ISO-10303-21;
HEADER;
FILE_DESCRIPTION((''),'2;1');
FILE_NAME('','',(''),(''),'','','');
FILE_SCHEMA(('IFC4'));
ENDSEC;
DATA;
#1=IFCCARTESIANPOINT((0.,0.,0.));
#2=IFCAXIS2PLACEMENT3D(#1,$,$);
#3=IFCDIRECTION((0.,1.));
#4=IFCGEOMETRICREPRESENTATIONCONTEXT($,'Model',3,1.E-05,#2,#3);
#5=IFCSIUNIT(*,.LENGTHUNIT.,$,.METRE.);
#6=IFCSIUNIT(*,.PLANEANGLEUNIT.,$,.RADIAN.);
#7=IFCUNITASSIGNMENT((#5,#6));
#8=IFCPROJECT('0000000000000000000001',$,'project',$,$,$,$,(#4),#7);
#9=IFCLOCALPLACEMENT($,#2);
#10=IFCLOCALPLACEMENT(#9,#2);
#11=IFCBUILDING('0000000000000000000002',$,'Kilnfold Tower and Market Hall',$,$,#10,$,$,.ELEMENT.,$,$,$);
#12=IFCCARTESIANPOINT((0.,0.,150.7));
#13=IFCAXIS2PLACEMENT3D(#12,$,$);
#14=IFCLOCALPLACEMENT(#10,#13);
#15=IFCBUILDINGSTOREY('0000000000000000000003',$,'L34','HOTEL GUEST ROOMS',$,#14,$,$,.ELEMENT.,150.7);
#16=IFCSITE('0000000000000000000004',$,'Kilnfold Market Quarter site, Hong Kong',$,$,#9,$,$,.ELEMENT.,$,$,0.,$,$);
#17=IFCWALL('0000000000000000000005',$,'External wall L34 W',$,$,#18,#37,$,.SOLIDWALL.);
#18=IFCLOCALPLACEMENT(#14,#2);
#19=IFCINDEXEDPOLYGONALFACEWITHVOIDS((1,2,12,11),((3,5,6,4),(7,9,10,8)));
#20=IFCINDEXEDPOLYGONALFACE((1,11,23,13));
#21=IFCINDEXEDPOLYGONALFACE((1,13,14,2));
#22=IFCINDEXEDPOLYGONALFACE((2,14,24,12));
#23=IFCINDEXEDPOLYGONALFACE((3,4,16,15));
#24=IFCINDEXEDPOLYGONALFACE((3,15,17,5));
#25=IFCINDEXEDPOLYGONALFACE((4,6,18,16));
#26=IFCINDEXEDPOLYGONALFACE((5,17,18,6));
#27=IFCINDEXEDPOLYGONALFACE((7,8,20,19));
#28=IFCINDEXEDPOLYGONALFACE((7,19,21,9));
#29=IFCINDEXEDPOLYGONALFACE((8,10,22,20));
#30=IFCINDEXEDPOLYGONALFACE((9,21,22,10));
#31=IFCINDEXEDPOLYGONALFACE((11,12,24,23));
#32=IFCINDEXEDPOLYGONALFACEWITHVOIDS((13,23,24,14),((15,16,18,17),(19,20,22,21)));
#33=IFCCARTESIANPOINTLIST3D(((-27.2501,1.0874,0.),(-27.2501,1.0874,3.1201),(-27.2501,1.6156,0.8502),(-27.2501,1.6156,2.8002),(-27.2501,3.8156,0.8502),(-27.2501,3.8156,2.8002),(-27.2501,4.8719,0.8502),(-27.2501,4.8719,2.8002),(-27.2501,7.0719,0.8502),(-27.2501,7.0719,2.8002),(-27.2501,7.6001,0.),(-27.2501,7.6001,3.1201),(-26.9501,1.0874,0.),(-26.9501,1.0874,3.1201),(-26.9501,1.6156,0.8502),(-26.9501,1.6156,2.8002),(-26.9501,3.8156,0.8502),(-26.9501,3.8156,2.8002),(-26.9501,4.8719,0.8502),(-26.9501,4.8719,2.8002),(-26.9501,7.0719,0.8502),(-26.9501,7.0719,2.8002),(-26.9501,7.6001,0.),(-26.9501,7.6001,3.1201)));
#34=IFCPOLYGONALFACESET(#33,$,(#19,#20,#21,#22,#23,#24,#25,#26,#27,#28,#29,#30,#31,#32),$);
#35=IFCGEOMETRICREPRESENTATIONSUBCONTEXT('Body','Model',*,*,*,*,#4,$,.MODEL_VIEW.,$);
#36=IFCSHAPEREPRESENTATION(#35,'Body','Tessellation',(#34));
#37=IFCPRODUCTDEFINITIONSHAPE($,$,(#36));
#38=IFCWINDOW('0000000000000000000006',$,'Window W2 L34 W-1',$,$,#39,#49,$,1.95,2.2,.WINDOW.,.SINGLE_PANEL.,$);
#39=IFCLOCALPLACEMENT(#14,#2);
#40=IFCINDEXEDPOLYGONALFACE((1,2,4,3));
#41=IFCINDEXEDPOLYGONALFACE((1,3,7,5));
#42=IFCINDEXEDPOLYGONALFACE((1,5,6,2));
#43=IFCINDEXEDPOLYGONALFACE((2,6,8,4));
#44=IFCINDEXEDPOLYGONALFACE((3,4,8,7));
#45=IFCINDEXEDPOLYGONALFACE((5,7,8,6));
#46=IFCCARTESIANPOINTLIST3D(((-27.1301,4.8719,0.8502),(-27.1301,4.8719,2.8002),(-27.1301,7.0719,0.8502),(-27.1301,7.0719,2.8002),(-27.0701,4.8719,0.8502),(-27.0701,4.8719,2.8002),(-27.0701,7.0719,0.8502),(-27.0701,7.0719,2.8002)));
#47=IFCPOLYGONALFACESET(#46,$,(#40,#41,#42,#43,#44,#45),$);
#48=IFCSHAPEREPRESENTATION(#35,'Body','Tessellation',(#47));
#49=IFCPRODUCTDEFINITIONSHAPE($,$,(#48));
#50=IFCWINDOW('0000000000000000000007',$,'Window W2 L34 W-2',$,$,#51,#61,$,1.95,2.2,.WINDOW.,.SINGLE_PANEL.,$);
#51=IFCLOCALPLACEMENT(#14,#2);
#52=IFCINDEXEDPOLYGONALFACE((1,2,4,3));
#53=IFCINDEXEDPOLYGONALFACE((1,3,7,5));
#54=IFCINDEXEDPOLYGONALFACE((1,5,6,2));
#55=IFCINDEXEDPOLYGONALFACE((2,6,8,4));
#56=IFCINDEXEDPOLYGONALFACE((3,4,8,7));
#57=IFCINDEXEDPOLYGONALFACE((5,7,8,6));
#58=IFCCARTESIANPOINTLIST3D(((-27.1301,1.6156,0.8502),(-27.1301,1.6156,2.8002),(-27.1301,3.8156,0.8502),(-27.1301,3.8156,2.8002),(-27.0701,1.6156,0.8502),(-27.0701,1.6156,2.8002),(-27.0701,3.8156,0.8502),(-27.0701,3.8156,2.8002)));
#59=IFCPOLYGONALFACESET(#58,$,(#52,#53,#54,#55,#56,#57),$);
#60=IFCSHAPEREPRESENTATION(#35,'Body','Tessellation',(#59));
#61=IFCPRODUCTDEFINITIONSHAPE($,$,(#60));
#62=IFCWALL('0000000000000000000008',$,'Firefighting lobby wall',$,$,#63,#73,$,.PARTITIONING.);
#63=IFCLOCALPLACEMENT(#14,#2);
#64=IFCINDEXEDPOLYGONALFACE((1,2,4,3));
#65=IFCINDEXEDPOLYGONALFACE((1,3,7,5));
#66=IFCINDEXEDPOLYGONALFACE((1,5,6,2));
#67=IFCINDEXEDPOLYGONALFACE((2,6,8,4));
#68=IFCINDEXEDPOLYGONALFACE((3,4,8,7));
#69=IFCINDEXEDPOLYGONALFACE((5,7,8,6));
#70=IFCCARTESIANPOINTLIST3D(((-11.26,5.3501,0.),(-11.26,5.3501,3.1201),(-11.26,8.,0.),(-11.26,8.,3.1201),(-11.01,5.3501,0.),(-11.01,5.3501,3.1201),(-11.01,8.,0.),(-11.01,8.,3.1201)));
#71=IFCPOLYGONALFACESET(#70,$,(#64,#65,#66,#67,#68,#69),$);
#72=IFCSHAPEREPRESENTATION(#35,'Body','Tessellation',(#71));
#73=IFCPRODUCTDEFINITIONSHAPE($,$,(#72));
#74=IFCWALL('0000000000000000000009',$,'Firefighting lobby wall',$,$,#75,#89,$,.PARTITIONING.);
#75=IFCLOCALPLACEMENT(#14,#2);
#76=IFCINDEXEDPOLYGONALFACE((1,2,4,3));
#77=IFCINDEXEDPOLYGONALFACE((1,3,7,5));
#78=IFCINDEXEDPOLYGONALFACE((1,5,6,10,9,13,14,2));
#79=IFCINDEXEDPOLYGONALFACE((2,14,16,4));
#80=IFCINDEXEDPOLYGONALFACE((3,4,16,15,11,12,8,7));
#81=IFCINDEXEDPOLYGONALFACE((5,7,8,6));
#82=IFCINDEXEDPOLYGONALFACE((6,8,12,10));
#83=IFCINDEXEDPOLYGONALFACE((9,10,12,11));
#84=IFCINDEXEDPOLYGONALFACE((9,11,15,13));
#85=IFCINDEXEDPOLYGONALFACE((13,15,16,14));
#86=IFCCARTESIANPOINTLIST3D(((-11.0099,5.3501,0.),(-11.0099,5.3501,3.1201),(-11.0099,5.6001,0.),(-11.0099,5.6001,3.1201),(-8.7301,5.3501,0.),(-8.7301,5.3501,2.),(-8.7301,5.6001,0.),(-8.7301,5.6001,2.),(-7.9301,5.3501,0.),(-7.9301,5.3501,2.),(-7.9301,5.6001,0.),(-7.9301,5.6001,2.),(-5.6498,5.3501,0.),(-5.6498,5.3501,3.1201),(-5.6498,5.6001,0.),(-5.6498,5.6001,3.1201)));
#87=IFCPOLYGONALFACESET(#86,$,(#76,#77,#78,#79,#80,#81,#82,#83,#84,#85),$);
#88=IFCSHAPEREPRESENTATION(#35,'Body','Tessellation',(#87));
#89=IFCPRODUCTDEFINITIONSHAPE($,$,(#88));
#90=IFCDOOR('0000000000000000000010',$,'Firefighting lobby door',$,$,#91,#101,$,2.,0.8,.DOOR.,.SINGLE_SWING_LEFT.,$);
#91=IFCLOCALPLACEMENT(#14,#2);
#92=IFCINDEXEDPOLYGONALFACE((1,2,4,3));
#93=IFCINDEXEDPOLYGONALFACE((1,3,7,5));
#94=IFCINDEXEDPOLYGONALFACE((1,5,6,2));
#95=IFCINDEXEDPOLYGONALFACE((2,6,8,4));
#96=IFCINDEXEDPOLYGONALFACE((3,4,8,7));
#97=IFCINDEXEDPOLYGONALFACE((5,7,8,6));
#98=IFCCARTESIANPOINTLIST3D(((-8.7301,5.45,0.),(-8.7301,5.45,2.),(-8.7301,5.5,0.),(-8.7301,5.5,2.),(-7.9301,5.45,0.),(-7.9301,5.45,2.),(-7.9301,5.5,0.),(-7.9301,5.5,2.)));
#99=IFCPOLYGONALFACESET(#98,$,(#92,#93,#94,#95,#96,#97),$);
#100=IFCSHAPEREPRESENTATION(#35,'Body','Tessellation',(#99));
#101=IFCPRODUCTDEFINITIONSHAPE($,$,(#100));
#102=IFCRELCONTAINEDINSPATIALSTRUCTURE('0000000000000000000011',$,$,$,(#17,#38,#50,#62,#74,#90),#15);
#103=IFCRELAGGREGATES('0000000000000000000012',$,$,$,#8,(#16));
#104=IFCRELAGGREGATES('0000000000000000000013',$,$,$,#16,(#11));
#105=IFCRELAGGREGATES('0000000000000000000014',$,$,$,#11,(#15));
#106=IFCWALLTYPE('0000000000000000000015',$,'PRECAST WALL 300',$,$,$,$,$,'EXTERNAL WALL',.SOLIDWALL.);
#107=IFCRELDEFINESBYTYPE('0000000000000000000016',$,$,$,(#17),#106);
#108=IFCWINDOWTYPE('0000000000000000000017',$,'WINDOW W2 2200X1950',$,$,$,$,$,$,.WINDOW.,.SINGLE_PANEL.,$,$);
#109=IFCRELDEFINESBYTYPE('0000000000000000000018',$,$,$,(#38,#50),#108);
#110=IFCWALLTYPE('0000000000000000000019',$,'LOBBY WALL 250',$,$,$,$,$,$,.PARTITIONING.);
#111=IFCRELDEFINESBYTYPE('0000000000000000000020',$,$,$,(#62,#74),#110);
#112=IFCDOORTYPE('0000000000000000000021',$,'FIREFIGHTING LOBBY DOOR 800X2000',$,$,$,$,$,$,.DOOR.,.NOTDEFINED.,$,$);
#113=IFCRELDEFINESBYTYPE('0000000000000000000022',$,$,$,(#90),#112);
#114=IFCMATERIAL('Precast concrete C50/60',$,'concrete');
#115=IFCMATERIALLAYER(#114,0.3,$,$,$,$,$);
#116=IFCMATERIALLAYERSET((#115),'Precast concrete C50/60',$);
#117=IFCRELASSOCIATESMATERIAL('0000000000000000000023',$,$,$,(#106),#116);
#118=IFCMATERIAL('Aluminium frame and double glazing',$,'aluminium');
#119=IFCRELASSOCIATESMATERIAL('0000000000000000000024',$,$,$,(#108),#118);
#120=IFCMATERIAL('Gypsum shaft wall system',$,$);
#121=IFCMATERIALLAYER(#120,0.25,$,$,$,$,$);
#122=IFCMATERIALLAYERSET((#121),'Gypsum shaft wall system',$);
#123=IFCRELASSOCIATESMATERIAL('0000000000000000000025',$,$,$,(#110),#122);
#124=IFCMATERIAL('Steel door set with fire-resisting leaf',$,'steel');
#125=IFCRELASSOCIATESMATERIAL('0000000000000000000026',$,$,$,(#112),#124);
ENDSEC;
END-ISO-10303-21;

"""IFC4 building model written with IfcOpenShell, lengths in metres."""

from ifc_helpers import new_model, si_unit, direction, frame, frame_2d, origin, place, context, subcontext, project, spatial, rectangle, extrude, source, transform, mapped, material, layer, layer_set, type_object, element, fill, save


model = new_model("IFC4")

# Units and contexts
model_context = context("Model", 3, precision=1e-05, world=origin(), true_north=direction((0.0, 1.0)))
body_context = subcontext(model_context, "Body", "Model", "MODEL_VIEW")
ifc_project = project(units=[si_unit("LENGTHUNIT", "METRE"), si_unit("PLANEANGLEUNIT", "RADIAN")], contexts=[model_context])

# Site, building, storey
site_placement = place(None, origin())
site = spatial("IfcSite", under=ifc_project, at=site_placement, Name="Kilnfold Market Quarter site, Hong Kong", CompositionType="ELEMENT", RefElevation=0.0)
building_placement = place(site_placement, origin())
building = spatial("IfcBuilding", under=site, at=building_placement, Name="Kilnfold Tower and Market Hall", CompositionType="ELEMENT")
storey_placement = place(building_placement, frame((0.0, 0.0, 150.7)))
storey = spatial("IfcBuildingStorey", under=building, at=storey_placement, Name="L34", Description="HOTEL GUEST ROOMS", CompositionType="ELEMENT", Elevation=150.7)

# Wall, openings, windows
ifc_material_1 = material(Name="Precast concrete C50/60", Category="concrete")
ifc_layer_1 = layer(ifc_material_1, 0.3)
ifc_layer_set_1 = layer_set([ifc_layer_1], Name="Precast concrete C50/60")
wall_type_1 = type_object("IfcWallType", Name="PRECAST WALL 300", ElementType="EXTERNAL WALL", PredefinedType="SOLIDWALL", material=ifc_layer_set_1)
shared_shape_1 = source(origin(), body_context, "Body", "SweptSolid", [
    extrude(rectangle(XDim=6.5127, YDim=0.3, at=frame_2d((3.2563, 0.0))), origin(), (0.0, 0.0, 1.0), 3.1201),
])
wall_1_placement = place(storey_placement, frame((-27.1001, 7.6001, 0.0), z_axis=(0.0, 0.0, 1.0), x_axis=(0.0, -1.0, 0.0)))
wall_1 = element("IfcWall", 1, at=wall_1_placement, inside=storey, type_object=wall_type_1, Name="External wall L34 W", PredefinedType="SOLIDWALL", context=body_context, shape_type="MappedRepresentation", body=[
    mapped(shared_shape_1, transform((0.0, 0.0, 0.0))),
])
opening_1_placement = place(wall_1_placement, frame((0.5281, 0.0, 0.8501)))
opening_1 = element("IfcOpeningElement", 2, at=opening_1_placement, cuts=wall_1, PredefinedType="OPENING", context=body_context, shape_type="SweptSolid", body=[
    extrude(rectangle(XDim=2.2, YDim=1.95, at=frame_2d((1.1001, 0.9751))), frame((0.0, 0.1602, 0.0), z_axis=(0.0, -1.0, 0.0), x_axis=(1.0, 0.0, 0.0)), (0.0, 0.0, 1.0), 0.3201),
])
opening_2_placement = place(wall_1_placement, frame((3.7844, 0.0, 0.8501)))
opening_2 = element("IfcOpeningElement", 3, at=opening_2_placement, cuts=wall_1, PredefinedType="OPENING", context=body_context, shape_type="SweptSolid", body=[
    extrude(rectangle(XDim=2.2, YDim=1.95, at=frame_2d((1.1001, 0.9751))), frame((0.0, 0.1602, 0.0), z_axis=(0.0, -1.0, 0.0), x_axis=(1.0, 0.0, 0.0)), (0.0, 0.0, 1.0), 0.3201),
])
ifc_material_2 = material(Name="Aluminium frame and double glazing", Category="aluminium")
window_type = type_object("IfcWindowType", Name="WINDOW W2 2200X1950", PartitioningType="SINGLE_PANEL", PredefinedType="WINDOW", material=ifc_material_2)
window_1_placement = place(opening_1_placement, origin())
window_1 = element("IfcWindow", 4, at=window_1_placement, inside=storey, type_object=window_type, Name="Window W2 L34 W-1", OverallHeight=1.95, OverallWidth=2.2, PartitioningType="SINGLE_PANEL", PredefinedType="WINDOW", context=body_context, shape_type="SweptSolid", body=[
    extrude(rectangle(XDim=2.2, YDim=1.95, at=frame_2d((1.1001, 0.9751))), frame((0.0, 0.03, 0.0), z_axis=(0.0, -1.0, 0.0), x_axis=(1.0, 0.0, 0.0)), (0.0, 0.0, 1.0), 0.0601),
])
fill(opening_1, window_1)
window_2_placement = place(opening_2_placement, origin())
window_2 = element("IfcWindow", 5, at=window_2_placement, inside=storey, type_object=window_type, Name="Window W2 L34 W-2", OverallHeight=1.95, OverallWidth=2.2, PartitioningType="SINGLE_PANEL", PredefinedType="WINDOW", context=body_context, shape_type="SweptSolid", body=[
    extrude(rectangle(XDim=2.2, YDim=1.95, at=frame_2d((1.1001, 0.9751))), frame((0.0, 0.03, 0.0), z_axis=(0.0, -1.0, 0.0), x_axis=(1.0, 0.0, 0.0)), (0.0, 0.0, 1.0), 0.0601),
])
fill(opening_2, window_2)

# Wall
ifc_material_3 = material(Name="Gypsum shaft wall system")
ifc_layer_2 = layer(ifc_material_3, 0.25)
ifc_layer_set_2 = layer_set([ifc_layer_2], Name="Gypsum shaft wall system")
wall_type_2 = type_object("IfcWallType", Name="LOBBY WALL 250", PredefinedType="PARTITIONING", material=ifc_layer_set_2)
shared_shape_2 = source(origin(), body_context, "Body", "SweptSolid", [
    extrude(rectangle(XDim=2.6499, YDim=0.25, at=frame_2d((1.325, 0.0))), origin(), (0.0, 0.0, 1.0), 3.1201),
])
wall_2_placement = place(storey_placement, frame((-11.135, 5.3501, 0.0), z_axis=(0.0, 0.0, 1.0), x_axis=(0.0, 1.0, 0.0)))
element("IfcWall", 6, at=wall_2_placement, inside=storey, type_object=wall_type_2, Name="Firefighting lobby wall", PredefinedType="PARTITIONING", context=body_context, shape_type="MappedRepresentation", body=[
    mapped(shared_shape_2, transform((0.0, 0.0, 0.0))),
])

# Wall, opening, door
shared_shape_3 = source(origin(), body_context, "Body", "SweptSolid", [
    extrude(rectangle(XDim=5.3601, YDim=0.25, at=frame_2d((2.6802, 0.0))), origin(), (0.0, 0.0, 1.0), 3.1201),
])
wall_3_placement = place(storey_placement, frame((-11.01, 5.4751, 0.0), z_axis=(0.0, 0.0, 1.0), x_axis=(1.0, 0.0, 0.0)))
wall_3 = element("IfcWall", 7, at=wall_3_placement, inside=storey, type_object=wall_type_2, Name="Firefighting lobby wall", PredefinedType="PARTITIONING", context=body_context, shape_type="MappedRepresentation", body=[
    mapped(shared_shape_3, transform((0.0, 0.0, 0.0))),
])
opening_3_placement = place(wall_3_placement, frame((2.28, 0.0, 0.0)))
opening_3 = element("IfcOpeningElement", 8, at=opening_3_placement, cuts=wall_3, PredefinedType="OPENING", context=body_context, shape_type="SweptSolid", body=[
    extrude(rectangle(XDim=0.8, YDim=2.0, at=frame_2d((0.3999, 1.0))), frame((0.0, 0.135, 0.0), z_axis=(0.0, -1.0, 0.0), x_axis=(1.0, 0.0, 0.0)), (0.0, 0.0, 1.0), 0.27),
])
ifc_material_4 = material(Name="Steel door set with fire-resisting leaf", Category="steel")
door_type_1 = type_object("IfcDoorType", Name="FIREFIGHTING LOBBY DOOR 800X2000", OperationType="NOTDEFINED", PredefinedType="DOOR", material=ifc_material_4)
door_1_placement = place(opening_3_placement, origin())
door_1 = element("IfcDoor", 9, at=door_1_placement, inside=storey, type_object=door_type_1, Name="Firefighting lobby door", OperationType="SINGLE_SWING_LEFT", OverallHeight=2.0, OverallWidth=0.8, PredefinedType="DOOR", context=body_context, shape_type="SweptSolid", body=[
    extrude(rectangle(XDim=0.8, YDim=2.0, at=frame_2d((0.3999, 1.0))), frame((0.0, 0.0249, 0.0), z_axis=(0.0, -1.0, 0.0), x_axis=(1.0, 0.0, 0.0)), (0.0, 0.0, 1.0), 0.05),
])
fill(opening_3, door_1)

save(model, "model.ifc")
